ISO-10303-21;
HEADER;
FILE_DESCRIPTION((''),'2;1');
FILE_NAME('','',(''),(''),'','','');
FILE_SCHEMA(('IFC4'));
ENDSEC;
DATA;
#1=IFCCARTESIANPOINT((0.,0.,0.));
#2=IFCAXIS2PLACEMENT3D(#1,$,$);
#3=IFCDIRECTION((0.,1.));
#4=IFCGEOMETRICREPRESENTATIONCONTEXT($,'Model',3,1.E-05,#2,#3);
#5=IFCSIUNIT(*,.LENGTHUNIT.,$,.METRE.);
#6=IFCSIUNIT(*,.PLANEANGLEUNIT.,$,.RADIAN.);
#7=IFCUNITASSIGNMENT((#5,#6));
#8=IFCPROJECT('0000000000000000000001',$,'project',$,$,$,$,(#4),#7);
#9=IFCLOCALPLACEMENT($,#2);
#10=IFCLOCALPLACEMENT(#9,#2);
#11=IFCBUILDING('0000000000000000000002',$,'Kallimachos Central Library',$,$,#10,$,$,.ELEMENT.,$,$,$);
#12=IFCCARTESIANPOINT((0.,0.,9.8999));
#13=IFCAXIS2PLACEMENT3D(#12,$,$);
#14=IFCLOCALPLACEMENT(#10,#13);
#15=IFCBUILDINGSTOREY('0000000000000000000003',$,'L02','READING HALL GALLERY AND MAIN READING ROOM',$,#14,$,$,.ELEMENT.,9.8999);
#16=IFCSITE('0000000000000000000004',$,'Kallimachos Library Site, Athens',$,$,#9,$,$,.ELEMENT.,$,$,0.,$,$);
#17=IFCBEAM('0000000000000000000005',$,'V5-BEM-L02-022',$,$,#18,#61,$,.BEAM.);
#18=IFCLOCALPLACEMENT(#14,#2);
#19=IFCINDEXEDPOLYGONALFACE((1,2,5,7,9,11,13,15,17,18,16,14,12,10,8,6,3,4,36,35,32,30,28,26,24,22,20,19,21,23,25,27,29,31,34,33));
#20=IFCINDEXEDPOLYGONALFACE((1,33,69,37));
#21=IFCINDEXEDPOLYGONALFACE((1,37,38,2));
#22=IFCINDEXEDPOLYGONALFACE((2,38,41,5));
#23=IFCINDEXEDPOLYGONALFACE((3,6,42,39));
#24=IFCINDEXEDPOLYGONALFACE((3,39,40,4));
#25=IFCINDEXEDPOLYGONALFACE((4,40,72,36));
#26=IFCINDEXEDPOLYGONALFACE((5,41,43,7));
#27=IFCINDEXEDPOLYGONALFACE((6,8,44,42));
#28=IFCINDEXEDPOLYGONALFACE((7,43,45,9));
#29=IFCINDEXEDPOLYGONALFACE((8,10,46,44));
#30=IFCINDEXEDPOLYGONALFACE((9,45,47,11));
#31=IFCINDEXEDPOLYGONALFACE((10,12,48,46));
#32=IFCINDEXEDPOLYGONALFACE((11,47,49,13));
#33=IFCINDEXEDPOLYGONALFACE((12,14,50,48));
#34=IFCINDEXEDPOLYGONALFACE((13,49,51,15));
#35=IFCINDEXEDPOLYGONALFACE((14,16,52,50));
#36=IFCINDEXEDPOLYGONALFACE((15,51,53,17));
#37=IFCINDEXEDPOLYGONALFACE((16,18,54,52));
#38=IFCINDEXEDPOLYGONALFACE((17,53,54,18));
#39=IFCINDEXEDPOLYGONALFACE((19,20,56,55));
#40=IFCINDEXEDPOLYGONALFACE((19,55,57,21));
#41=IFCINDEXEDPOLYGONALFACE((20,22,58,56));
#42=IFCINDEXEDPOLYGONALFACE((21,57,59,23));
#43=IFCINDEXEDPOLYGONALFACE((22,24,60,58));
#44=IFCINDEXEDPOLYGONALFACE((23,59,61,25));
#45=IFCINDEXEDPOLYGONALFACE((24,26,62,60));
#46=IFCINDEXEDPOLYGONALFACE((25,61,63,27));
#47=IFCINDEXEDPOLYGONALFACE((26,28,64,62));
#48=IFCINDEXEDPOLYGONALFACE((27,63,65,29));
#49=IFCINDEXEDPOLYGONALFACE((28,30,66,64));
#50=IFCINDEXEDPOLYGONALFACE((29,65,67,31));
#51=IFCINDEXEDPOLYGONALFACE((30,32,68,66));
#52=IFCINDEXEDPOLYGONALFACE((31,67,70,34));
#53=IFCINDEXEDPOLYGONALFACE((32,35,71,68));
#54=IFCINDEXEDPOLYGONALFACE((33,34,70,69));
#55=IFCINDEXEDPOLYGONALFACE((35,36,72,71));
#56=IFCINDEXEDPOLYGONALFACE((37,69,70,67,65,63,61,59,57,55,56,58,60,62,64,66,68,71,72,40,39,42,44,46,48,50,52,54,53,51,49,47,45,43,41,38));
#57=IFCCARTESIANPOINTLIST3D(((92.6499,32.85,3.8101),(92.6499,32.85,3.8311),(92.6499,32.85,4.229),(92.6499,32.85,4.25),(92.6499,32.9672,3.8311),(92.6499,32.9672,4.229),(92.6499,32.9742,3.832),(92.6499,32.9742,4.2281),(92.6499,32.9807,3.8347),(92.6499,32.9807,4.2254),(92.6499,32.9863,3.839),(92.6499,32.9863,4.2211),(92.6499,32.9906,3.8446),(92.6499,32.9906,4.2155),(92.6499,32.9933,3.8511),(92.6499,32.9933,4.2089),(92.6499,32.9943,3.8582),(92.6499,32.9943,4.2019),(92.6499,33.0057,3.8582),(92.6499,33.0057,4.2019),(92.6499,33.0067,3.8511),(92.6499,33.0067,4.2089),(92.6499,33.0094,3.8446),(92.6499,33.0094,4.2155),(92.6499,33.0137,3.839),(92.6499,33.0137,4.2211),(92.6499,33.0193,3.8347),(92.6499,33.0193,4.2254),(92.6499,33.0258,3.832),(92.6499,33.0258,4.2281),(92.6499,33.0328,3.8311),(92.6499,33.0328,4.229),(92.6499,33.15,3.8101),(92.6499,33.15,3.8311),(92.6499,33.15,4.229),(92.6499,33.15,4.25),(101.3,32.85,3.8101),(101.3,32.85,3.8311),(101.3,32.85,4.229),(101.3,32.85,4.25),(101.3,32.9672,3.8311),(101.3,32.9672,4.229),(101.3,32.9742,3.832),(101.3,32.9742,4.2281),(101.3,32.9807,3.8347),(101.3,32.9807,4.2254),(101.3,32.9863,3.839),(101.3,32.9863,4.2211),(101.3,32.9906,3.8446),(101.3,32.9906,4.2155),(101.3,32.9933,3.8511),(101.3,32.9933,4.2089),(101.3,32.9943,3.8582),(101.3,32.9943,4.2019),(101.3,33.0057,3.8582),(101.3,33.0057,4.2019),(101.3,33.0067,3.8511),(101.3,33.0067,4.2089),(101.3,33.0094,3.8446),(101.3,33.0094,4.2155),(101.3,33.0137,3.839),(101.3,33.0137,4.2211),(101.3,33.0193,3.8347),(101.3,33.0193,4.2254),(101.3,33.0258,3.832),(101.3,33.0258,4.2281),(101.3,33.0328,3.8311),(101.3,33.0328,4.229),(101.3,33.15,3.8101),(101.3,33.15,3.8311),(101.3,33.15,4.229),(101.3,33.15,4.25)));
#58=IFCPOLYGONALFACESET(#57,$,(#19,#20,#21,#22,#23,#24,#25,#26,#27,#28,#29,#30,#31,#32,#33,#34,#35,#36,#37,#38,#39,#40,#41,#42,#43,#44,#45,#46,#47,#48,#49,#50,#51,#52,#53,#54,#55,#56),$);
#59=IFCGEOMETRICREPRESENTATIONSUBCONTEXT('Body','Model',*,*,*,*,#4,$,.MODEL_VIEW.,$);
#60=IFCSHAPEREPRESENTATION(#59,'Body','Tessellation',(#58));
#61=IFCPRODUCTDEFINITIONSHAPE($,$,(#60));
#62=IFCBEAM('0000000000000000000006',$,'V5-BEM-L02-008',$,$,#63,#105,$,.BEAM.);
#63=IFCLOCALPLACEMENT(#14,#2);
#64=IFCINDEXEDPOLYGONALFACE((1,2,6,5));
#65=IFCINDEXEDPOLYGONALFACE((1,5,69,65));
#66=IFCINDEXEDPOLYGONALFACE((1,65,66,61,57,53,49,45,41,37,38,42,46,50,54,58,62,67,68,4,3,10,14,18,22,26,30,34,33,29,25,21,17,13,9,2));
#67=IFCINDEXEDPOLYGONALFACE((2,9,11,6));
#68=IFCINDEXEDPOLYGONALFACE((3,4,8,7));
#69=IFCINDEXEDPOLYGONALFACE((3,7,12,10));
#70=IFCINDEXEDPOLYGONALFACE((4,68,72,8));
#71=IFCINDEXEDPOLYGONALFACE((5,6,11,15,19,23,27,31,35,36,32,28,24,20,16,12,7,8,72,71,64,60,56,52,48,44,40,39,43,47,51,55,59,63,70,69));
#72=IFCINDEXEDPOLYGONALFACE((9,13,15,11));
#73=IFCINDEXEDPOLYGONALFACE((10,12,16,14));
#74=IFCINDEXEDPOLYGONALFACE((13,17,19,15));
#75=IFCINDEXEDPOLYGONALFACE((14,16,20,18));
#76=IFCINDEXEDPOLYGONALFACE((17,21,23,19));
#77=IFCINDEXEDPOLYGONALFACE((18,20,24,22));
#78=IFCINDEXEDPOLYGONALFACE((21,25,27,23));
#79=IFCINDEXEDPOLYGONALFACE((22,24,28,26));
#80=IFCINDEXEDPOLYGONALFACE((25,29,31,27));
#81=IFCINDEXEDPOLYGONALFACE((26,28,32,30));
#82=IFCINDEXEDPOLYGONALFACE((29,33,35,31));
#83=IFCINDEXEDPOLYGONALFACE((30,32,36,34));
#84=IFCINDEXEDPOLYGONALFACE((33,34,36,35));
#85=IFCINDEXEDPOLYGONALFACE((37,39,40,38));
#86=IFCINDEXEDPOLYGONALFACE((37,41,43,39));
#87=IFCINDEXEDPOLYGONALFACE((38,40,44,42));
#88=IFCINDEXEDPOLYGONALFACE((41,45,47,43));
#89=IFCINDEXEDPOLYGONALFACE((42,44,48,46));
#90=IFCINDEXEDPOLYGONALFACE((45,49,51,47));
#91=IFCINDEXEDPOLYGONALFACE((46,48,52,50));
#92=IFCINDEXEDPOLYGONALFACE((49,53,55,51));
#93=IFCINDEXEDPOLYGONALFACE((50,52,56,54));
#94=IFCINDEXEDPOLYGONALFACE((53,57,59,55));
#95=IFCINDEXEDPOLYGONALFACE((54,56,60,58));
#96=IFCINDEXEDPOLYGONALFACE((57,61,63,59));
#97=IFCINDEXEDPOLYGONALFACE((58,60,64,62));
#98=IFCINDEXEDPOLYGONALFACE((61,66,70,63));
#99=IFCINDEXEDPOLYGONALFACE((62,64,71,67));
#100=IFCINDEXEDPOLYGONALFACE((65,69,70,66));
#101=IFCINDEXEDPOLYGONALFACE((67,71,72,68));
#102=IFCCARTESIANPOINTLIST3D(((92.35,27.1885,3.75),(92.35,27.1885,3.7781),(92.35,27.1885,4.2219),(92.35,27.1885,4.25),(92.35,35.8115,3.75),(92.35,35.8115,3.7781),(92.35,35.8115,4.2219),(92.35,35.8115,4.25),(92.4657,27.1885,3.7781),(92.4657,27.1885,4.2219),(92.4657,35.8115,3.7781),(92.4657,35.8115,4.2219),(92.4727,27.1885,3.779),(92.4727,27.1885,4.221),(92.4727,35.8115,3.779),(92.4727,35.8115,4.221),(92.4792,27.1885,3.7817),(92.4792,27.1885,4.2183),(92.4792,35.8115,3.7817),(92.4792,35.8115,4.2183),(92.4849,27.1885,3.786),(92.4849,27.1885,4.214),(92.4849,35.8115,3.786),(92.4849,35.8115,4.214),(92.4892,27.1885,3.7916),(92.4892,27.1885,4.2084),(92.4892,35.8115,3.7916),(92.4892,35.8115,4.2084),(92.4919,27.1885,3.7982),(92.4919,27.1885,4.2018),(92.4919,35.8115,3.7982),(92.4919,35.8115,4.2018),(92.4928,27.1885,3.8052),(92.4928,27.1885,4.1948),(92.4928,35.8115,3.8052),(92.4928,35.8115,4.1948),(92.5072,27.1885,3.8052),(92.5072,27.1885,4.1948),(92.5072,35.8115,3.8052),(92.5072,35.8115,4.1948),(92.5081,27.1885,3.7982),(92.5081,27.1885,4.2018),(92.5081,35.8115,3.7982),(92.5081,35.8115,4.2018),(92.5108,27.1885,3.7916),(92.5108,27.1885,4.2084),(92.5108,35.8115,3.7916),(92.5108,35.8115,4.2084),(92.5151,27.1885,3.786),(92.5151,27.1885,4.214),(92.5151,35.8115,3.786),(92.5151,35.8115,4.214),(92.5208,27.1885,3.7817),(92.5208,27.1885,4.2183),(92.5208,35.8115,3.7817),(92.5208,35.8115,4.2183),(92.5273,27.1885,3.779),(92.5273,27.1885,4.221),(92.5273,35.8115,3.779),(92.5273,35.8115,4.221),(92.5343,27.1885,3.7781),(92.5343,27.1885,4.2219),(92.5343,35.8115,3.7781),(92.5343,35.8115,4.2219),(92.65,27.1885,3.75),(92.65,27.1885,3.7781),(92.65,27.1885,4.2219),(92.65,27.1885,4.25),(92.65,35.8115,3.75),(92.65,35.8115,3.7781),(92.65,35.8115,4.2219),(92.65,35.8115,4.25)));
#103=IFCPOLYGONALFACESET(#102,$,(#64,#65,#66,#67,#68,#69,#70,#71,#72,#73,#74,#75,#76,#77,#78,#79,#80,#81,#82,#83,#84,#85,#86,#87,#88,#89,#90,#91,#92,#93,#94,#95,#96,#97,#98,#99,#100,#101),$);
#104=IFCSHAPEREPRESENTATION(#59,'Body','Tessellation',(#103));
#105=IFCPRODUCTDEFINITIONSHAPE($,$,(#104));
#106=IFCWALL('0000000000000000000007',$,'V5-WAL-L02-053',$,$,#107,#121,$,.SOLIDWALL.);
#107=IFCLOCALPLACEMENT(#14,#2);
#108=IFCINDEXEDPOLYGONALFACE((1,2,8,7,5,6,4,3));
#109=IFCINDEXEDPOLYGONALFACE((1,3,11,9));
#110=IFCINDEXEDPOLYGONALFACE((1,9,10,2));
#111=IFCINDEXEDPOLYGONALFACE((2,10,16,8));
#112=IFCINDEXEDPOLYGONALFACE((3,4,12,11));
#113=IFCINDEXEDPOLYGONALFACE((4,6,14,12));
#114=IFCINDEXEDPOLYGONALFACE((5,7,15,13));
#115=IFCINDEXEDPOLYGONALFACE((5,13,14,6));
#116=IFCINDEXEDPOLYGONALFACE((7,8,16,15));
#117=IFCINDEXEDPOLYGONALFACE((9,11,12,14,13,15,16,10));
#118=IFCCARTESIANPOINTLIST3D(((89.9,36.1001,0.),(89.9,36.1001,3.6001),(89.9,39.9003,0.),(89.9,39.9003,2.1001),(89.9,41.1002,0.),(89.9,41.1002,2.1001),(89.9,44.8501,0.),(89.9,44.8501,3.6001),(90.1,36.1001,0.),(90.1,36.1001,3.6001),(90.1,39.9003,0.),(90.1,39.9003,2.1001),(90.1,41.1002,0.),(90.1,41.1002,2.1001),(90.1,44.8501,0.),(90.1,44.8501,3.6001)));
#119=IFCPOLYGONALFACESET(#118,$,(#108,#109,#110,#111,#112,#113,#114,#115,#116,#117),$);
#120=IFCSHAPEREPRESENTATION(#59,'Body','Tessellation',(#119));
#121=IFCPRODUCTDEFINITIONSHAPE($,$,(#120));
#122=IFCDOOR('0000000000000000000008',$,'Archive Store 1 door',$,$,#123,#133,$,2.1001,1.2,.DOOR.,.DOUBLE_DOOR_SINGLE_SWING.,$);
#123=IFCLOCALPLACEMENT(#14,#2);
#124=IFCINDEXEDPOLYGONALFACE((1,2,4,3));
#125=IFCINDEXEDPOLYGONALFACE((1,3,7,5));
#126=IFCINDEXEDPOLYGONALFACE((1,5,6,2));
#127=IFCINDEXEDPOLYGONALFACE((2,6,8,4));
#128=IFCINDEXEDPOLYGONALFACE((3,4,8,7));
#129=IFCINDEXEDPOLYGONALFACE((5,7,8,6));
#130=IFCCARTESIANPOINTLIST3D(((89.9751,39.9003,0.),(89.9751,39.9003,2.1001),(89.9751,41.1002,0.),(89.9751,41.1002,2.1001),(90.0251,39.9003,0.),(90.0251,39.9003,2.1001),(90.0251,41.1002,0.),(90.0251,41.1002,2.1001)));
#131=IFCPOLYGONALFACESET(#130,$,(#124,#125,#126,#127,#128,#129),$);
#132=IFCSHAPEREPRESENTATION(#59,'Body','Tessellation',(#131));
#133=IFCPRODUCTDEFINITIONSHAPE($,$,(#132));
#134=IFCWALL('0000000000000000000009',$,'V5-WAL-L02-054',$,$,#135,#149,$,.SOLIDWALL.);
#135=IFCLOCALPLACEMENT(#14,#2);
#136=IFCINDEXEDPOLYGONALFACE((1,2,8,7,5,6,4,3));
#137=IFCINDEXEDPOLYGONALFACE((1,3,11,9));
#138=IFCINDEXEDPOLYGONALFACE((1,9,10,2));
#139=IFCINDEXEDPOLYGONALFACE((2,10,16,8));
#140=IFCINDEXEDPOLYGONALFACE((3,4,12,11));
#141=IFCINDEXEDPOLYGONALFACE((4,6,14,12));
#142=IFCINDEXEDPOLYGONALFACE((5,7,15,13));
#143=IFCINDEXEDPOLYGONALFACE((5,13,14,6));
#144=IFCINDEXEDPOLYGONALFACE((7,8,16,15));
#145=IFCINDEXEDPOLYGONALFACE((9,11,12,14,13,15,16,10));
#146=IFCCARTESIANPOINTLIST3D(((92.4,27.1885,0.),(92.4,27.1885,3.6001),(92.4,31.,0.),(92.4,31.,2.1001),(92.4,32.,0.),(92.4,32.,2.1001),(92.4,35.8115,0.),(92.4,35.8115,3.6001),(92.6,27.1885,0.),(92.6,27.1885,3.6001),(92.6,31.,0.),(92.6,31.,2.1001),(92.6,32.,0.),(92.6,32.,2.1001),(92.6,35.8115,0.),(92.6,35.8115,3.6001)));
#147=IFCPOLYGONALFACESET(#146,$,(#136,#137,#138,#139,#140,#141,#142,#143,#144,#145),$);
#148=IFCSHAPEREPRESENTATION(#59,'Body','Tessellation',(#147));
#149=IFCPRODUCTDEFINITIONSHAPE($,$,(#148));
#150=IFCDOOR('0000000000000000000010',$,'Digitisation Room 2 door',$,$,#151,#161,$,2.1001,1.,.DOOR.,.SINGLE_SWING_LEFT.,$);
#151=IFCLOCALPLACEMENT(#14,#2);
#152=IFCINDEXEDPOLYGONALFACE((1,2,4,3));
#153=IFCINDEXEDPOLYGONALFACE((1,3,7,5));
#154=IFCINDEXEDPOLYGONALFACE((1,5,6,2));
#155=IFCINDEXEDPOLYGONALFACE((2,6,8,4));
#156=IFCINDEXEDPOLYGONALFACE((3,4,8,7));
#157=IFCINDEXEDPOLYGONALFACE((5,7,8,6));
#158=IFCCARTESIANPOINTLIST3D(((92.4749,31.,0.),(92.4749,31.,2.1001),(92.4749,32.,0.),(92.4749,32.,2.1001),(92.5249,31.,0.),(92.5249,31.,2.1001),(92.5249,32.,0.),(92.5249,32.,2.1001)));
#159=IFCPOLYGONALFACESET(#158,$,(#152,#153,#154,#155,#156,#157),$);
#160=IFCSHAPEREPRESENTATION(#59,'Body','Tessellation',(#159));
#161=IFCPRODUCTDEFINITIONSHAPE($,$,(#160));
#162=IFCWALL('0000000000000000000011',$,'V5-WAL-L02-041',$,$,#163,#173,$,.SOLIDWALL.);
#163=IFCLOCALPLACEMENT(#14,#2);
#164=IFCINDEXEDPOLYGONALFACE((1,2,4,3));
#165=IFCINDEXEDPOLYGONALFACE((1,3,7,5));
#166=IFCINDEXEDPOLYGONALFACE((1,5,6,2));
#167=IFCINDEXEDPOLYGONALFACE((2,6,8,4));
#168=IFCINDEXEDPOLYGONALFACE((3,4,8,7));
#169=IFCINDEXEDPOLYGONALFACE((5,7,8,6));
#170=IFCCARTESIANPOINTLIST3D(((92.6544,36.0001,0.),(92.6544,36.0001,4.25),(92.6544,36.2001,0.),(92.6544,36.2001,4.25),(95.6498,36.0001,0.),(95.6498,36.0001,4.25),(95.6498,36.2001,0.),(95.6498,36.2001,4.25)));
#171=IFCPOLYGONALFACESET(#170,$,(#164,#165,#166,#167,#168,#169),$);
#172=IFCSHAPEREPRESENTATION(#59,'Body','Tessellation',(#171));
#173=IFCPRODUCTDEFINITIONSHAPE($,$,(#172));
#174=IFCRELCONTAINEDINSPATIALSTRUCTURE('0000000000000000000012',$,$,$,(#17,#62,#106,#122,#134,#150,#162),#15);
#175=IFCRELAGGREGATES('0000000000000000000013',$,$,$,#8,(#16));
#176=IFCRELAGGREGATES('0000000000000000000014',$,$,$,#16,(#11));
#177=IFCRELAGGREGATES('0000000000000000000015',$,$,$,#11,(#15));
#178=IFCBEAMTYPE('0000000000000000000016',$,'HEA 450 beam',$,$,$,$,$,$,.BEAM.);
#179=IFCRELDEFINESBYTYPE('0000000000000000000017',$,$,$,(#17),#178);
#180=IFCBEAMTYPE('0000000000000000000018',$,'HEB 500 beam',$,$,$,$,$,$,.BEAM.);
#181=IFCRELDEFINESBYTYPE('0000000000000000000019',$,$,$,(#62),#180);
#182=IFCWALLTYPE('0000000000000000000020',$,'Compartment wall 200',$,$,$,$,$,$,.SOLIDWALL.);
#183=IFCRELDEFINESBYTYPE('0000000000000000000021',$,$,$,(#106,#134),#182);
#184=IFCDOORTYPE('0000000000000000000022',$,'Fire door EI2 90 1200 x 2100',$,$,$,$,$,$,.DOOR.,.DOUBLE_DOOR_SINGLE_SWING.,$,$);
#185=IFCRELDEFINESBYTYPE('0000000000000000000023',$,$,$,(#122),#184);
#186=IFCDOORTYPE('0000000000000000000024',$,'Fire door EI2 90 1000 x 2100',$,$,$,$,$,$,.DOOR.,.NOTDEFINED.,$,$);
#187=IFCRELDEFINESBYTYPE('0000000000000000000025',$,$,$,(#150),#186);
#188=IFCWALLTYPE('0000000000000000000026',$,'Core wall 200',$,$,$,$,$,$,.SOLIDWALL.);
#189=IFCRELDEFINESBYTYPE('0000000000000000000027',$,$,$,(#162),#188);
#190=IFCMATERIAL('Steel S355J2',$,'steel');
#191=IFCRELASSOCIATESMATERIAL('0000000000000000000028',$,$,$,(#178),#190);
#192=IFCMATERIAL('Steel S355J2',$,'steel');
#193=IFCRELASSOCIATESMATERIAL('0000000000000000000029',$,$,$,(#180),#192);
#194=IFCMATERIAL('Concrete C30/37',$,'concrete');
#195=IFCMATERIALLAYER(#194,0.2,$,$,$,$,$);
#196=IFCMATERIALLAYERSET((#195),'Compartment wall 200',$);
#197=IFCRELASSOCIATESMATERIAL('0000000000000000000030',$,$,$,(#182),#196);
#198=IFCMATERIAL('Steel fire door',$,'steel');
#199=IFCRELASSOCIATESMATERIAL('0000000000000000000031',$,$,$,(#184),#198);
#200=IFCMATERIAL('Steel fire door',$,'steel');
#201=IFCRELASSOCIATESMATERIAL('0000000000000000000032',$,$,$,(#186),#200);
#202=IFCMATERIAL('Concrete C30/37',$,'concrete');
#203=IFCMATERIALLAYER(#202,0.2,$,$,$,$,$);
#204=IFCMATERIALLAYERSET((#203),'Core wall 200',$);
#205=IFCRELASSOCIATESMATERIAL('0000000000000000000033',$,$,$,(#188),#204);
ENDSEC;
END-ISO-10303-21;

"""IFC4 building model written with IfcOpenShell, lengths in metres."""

from ifc_helpers import new_model, si_unit, direction, frame, frame_2d, origin, origin_2d, place, context, subcontext, project, spatial, rectangle, i_section, extrude, material, layer, layer_set, material_profile, profile_set, type_object, element, fill, save


model = new_model("IFC4")

# Units and contexts
model_context = context("Model", 3, precision=1e-05, world=origin(), true_north=direction((0.0, 1.0)))
body_context = subcontext(model_context, "Body", "Model", "MODEL_VIEW")
ifc_project = project(units=[si_unit("LENGTHUNIT", "METRE"), si_unit("PLANEANGLEUNIT", "RADIAN")], contexts=[model_context])

# Site, building, storey
site_placement = place(None, origin())
site = spatial("IfcSite", under=ifc_project, at=site_placement, Name="Kallimachos Library Site, Athens", CompositionType="ELEMENT", RefElevation=0.0)
building_placement = place(site_placement, origin())
building = spatial("IfcBuilding", under=site, at=building_placement, Name="Kallimachos Central Library", CompositionType="ELEMENT")
storey_placement = place(building_placement, frame((0.0, 0.0, 9.8999)))
storey = spatial("IfcBuildingStorey", under=building, at=storey_placement, Name="L02", Description="READING HALL GALLERY AND MAIN READING ROOM", CompositionType="ELEMENT", Elevation=9.8999)

# Beams
ifc_material_1 = material(Name="Steel S355J2", Category="steel")
ifc_material_profile_1 = material_profile(ifc_material_1, i_section(OverallWidth=0.3, OverallDepth=0.4399, WebThickness=0.0115, FlangeThickness=0.021, FilletRadius=0.0271, at=origin_2d()), Name="HEA 450")
ifc_profile_set_1 = profile_set([ifc_material_profile_1], Name="Steel S355J2")
beam_type_1 = type_object("IfcBeamType", Name="HEA 450 beam", PredefinedType="BEAM", material=ifc_profile_set_1)
for number, where, z_axis, x_axis, name in (
    (1, (92.6499, 33.0, 4.03), (1.0, 0.0, 0.0), (0.0, 1.0, 0.0), "V5-BEM-L02-022"),
):
    element("IfcBeam", number, at=place(storey_placement, frame(where, z_axis=z_axis, x_axis=x_axis)), inside=storey, type_object=beam_type_1, Name=name, PredefinedType="BEAM", context=body_context, shape_type="SweptSolid", body=[
        extrude(i_section(OverallWidth=0.3, OverallDepth=0.4399, WebThickness=0.0115, FlangeThickness=0.021, FilletRadius=0.0271, at=origin_2d()), origin(), (0.0, 0.0, 1.0), 8.6501),
    ])
ifc_material_2 = material(Name="Steel S355J2", Category="steel")
ifc_material_profile_2 = material_profile(ifc_material_2, i_section(OverallWidth=0.3, OverallDepth=0.5, WebThickness=0.0144, FlangeThickness=0.0281, FilletRadius=0.0271, at=origin_2d()), Name="HEB 500")
ifc_profile_set_2 = profile_set([ifc_material_profile_2], Name="Steel S355J2")
beam_type_2 = type_object("IfcBeamType", Name="HEB 500 beam", PredefinedType="BEAM", material=ifc_profile_set_2)
beam_placement = place(storey_placement, frame((92.5, 27.1885, 4.0), z_axis=(0.0, 1.0, 0.0), x_axis=(-1.0, 0.0, 0.0)))
element("IfcBeam", 2, at=beam_placement, inside=storey, type_object=beam_type_2, Name="V5-BEM-L02-008", PredefinedType="BEAM", context=body_context, shape_type="SweptSolid", body=[
    extrude(i_section(OverallWidth=0.3, OverallDepth=0.5, WebThickness=0.0144, FlangeThickness=0.0281, FilletRadius=0.0271, at=origin_2d()), origin(), (0.0, 0.0, 1.0), 8.623),
])

# Walls, openings, doors
ifc_material_3 = material(Name="Concrete C30/37", Category="concrete")
ifc_layer_1 = layer(ifc_material_3, 0.2)
ifc_layer_set_1 = layer_set([ifc_layer_1], Name="Compartment wall 200")
wall_type_1 = type_object("IfcWallType", Name="Compartment wall 200", PredefinedType="SOLIDWALL", material=ifc_layer_set_1)
wall_1_placement = place(storey_placement, frame((90.0, 36.1001, 0.0), z_axis=(0.0, 0.0, 1.0), x_axis=(0.0, 1.0, 0.0)))
wall_1 = element("IfcWall", 3, at=wall_1_placement, inside=storey, type_object=wall_type_1, Name="V5-WAL-L02-053", PredefinedType="SOLIDWALL", context=body_context, shape_type="SweptSolid", body=[
    extrude(rectangle(XDim=8.75, YDim=0.2, at=frame_2d((4.375, 0.0))), origin(), (0.0, 0.0, 1.0), 3.6001),
])
opening_1_placement = place(wall_1_placement, frame((3.8, 0.0, 0.0)))
opening_1 = element("IfcOpeningElement", 4, at=opening_1_placement, cuts=wall_1, PredefinedType="OPENING", context=body_context, shape_type="SweptSolid", body=[
    extrude(rectangle(XDim=1.2, YDim=2.1001, at=frame_2d((0.6001, 1.05))), frame((0.0, 0.1099, 0.0), z_axis=(0.0, -1.0, 0.0), x_axis=(1.0, 0.0, 0.0)), (0.0, 0.0, 1.0), 0.22),
])
ifc_material_4 = material(Name="Steel fire door", Category="steel")
door_type_1 = type_object("IfcDoorType", Name="Fire door EI2 90 1200 x 2100", OperationType="DOUBLE_DOOR_SINGLE_SWING", PredefinedType="DOOR", material=ifc_material_4)
door_1_placement = place(opening_1_placement, origin())
door_1 = element("IfcDoor", 5, at=door_1_placement, inside=storey, type_object=door_type_1, Name="Archive Store 1 door", OperationType="DOUBLE_DOOR_SINGLE_SWING", OverallHeight=2.1001, OverallWidth=1.2, PredefinedType="DOOR", context=body_context, shape_type="SweptSolid", body=[
    extrude(rectangle(XDim=1.2, YDim=2.1001, at=frame_2d((0.6001, 1.05))), frame((0.0, 0.0249, 0.0), z_axis=(0.0, -1.0, 0.0), x_axis=(1.0, 0.0, 0.0)), (0.0, 0.0, 1.0), 0.05),
])
fill(opening_1, door_1)
wall_2_placement = place(storey_placement, frame((92.5, 27.1885, 0.0), z_axis=(0.0, 0.0, 1.0), x_axis=(0.0, 1.0, 0.0)))
wall_2 = element("IfcWall", 6, at=wall_2_placement, inside=storey, type_object=wall_type_1, Name="V5-WAL-L02-054", PredefinedType="SOLIDWALL", context=body_context, shape_type="SweptSolid", body=[
    extrude(rectangle(XDim=8.623, YDim=0.2, at=frame_2d((4.3115, 0.0))), origin(), (0.0, 0.0, 1.0), 3.6001),
])
opening_2_placement = place(wall_2_placement, frame((3.8115, 0.0, 0.0)))
opening_2 = element("IfcOpeningElement", 7, at=opening_2_placement, cuts=wall_2, PredefinedType="OPENING", context=body_context, shape_type="SweptSolid", body=[
    extrude(rectangle(XDim=1.0, YDim=2.1001, at=frame_2d((0.5, 1.05))), frame((0.0, 0.1099, 0.0), z_axis=(0.0, -1.0, 0.0), x_axis=(1.0, 0.0, 0.0)), (0.0, 0.0, 1.0), 0.22),
])
ifc_material_5 = material(Name="Steel fire door", Category="steel")
door_type_2 = type_object("IfcDoorType", Name="Fire door EI2 90 1000 x 2100", OperationType="NOTDEFINED", PredefinedType="DOOR", material=ifc_material_5)
door_2_placement = place(opening_2_placement, frame((1.0, 0.0, 0.0), z_axis=(0.0, 0.0, 1.0), x_axis=(-1.0, 0.0, 0.0)))
door_2 = element("IfcDoor", 8, at=door_2_placement, inside=storey, type_object=door_type_2, Name="Digitisation Room 2 door", OperationType="SINGLE_SWING_LEFT", OverallHeight=2.1001, OverallWidth=1.0, PredefinedType="DOOR", context=body_context, shape_type="SweptSolid", body=[
    extrude(rectangle(XDim=1.0, YDim=2.1001, at=frame_2d((0.5, 1.05))), frame((0.0, 0.0249, 0.0), z_axis=(0.0, -1.0, 0.0), x_axis=(1.0, 0.0, 0.0)), (0.0, 0.0, 1.0), 0.05),
])
fill(opening_2, door_2)

# Wall
ifc_material_6 = material(Name="Concrete C30/37", Category="concrete")
ifc_layer_2 = layer(ifc_material_6, 0.2)
ifc_layer_set_2 = layer_set([ifc_layer_2], Name="Core wall 200")
wall_type_2 = type_object("IfcWallType", Name="Core wall 200", PredefinedType="SOLIDWALL", material=ifc_layer_set_2)
wall_3_placement = place(storey_placement, frame((92.6545, 36.1001, 0.0), z_axis=(0.0, 0.0, 1.0), x_axis=(1.0, 0.0, 0.0)))
element("IfcWall", 9, at=wall_3_placement, inside=storey, type_object=wall_type_2, Name="V5-WAL-L02-041", PredefinedType="SOLIDWALL", context=body_context, shape_type="SweptSolid", body=[
    extrude(rectangle(XDim=2.9954, YDim=0.2, at=frame_2d((1.4976, 0.0))), origin(), (0.0, 0.0, 1.0), 4.25),
])

save(model, "model.ifc")
